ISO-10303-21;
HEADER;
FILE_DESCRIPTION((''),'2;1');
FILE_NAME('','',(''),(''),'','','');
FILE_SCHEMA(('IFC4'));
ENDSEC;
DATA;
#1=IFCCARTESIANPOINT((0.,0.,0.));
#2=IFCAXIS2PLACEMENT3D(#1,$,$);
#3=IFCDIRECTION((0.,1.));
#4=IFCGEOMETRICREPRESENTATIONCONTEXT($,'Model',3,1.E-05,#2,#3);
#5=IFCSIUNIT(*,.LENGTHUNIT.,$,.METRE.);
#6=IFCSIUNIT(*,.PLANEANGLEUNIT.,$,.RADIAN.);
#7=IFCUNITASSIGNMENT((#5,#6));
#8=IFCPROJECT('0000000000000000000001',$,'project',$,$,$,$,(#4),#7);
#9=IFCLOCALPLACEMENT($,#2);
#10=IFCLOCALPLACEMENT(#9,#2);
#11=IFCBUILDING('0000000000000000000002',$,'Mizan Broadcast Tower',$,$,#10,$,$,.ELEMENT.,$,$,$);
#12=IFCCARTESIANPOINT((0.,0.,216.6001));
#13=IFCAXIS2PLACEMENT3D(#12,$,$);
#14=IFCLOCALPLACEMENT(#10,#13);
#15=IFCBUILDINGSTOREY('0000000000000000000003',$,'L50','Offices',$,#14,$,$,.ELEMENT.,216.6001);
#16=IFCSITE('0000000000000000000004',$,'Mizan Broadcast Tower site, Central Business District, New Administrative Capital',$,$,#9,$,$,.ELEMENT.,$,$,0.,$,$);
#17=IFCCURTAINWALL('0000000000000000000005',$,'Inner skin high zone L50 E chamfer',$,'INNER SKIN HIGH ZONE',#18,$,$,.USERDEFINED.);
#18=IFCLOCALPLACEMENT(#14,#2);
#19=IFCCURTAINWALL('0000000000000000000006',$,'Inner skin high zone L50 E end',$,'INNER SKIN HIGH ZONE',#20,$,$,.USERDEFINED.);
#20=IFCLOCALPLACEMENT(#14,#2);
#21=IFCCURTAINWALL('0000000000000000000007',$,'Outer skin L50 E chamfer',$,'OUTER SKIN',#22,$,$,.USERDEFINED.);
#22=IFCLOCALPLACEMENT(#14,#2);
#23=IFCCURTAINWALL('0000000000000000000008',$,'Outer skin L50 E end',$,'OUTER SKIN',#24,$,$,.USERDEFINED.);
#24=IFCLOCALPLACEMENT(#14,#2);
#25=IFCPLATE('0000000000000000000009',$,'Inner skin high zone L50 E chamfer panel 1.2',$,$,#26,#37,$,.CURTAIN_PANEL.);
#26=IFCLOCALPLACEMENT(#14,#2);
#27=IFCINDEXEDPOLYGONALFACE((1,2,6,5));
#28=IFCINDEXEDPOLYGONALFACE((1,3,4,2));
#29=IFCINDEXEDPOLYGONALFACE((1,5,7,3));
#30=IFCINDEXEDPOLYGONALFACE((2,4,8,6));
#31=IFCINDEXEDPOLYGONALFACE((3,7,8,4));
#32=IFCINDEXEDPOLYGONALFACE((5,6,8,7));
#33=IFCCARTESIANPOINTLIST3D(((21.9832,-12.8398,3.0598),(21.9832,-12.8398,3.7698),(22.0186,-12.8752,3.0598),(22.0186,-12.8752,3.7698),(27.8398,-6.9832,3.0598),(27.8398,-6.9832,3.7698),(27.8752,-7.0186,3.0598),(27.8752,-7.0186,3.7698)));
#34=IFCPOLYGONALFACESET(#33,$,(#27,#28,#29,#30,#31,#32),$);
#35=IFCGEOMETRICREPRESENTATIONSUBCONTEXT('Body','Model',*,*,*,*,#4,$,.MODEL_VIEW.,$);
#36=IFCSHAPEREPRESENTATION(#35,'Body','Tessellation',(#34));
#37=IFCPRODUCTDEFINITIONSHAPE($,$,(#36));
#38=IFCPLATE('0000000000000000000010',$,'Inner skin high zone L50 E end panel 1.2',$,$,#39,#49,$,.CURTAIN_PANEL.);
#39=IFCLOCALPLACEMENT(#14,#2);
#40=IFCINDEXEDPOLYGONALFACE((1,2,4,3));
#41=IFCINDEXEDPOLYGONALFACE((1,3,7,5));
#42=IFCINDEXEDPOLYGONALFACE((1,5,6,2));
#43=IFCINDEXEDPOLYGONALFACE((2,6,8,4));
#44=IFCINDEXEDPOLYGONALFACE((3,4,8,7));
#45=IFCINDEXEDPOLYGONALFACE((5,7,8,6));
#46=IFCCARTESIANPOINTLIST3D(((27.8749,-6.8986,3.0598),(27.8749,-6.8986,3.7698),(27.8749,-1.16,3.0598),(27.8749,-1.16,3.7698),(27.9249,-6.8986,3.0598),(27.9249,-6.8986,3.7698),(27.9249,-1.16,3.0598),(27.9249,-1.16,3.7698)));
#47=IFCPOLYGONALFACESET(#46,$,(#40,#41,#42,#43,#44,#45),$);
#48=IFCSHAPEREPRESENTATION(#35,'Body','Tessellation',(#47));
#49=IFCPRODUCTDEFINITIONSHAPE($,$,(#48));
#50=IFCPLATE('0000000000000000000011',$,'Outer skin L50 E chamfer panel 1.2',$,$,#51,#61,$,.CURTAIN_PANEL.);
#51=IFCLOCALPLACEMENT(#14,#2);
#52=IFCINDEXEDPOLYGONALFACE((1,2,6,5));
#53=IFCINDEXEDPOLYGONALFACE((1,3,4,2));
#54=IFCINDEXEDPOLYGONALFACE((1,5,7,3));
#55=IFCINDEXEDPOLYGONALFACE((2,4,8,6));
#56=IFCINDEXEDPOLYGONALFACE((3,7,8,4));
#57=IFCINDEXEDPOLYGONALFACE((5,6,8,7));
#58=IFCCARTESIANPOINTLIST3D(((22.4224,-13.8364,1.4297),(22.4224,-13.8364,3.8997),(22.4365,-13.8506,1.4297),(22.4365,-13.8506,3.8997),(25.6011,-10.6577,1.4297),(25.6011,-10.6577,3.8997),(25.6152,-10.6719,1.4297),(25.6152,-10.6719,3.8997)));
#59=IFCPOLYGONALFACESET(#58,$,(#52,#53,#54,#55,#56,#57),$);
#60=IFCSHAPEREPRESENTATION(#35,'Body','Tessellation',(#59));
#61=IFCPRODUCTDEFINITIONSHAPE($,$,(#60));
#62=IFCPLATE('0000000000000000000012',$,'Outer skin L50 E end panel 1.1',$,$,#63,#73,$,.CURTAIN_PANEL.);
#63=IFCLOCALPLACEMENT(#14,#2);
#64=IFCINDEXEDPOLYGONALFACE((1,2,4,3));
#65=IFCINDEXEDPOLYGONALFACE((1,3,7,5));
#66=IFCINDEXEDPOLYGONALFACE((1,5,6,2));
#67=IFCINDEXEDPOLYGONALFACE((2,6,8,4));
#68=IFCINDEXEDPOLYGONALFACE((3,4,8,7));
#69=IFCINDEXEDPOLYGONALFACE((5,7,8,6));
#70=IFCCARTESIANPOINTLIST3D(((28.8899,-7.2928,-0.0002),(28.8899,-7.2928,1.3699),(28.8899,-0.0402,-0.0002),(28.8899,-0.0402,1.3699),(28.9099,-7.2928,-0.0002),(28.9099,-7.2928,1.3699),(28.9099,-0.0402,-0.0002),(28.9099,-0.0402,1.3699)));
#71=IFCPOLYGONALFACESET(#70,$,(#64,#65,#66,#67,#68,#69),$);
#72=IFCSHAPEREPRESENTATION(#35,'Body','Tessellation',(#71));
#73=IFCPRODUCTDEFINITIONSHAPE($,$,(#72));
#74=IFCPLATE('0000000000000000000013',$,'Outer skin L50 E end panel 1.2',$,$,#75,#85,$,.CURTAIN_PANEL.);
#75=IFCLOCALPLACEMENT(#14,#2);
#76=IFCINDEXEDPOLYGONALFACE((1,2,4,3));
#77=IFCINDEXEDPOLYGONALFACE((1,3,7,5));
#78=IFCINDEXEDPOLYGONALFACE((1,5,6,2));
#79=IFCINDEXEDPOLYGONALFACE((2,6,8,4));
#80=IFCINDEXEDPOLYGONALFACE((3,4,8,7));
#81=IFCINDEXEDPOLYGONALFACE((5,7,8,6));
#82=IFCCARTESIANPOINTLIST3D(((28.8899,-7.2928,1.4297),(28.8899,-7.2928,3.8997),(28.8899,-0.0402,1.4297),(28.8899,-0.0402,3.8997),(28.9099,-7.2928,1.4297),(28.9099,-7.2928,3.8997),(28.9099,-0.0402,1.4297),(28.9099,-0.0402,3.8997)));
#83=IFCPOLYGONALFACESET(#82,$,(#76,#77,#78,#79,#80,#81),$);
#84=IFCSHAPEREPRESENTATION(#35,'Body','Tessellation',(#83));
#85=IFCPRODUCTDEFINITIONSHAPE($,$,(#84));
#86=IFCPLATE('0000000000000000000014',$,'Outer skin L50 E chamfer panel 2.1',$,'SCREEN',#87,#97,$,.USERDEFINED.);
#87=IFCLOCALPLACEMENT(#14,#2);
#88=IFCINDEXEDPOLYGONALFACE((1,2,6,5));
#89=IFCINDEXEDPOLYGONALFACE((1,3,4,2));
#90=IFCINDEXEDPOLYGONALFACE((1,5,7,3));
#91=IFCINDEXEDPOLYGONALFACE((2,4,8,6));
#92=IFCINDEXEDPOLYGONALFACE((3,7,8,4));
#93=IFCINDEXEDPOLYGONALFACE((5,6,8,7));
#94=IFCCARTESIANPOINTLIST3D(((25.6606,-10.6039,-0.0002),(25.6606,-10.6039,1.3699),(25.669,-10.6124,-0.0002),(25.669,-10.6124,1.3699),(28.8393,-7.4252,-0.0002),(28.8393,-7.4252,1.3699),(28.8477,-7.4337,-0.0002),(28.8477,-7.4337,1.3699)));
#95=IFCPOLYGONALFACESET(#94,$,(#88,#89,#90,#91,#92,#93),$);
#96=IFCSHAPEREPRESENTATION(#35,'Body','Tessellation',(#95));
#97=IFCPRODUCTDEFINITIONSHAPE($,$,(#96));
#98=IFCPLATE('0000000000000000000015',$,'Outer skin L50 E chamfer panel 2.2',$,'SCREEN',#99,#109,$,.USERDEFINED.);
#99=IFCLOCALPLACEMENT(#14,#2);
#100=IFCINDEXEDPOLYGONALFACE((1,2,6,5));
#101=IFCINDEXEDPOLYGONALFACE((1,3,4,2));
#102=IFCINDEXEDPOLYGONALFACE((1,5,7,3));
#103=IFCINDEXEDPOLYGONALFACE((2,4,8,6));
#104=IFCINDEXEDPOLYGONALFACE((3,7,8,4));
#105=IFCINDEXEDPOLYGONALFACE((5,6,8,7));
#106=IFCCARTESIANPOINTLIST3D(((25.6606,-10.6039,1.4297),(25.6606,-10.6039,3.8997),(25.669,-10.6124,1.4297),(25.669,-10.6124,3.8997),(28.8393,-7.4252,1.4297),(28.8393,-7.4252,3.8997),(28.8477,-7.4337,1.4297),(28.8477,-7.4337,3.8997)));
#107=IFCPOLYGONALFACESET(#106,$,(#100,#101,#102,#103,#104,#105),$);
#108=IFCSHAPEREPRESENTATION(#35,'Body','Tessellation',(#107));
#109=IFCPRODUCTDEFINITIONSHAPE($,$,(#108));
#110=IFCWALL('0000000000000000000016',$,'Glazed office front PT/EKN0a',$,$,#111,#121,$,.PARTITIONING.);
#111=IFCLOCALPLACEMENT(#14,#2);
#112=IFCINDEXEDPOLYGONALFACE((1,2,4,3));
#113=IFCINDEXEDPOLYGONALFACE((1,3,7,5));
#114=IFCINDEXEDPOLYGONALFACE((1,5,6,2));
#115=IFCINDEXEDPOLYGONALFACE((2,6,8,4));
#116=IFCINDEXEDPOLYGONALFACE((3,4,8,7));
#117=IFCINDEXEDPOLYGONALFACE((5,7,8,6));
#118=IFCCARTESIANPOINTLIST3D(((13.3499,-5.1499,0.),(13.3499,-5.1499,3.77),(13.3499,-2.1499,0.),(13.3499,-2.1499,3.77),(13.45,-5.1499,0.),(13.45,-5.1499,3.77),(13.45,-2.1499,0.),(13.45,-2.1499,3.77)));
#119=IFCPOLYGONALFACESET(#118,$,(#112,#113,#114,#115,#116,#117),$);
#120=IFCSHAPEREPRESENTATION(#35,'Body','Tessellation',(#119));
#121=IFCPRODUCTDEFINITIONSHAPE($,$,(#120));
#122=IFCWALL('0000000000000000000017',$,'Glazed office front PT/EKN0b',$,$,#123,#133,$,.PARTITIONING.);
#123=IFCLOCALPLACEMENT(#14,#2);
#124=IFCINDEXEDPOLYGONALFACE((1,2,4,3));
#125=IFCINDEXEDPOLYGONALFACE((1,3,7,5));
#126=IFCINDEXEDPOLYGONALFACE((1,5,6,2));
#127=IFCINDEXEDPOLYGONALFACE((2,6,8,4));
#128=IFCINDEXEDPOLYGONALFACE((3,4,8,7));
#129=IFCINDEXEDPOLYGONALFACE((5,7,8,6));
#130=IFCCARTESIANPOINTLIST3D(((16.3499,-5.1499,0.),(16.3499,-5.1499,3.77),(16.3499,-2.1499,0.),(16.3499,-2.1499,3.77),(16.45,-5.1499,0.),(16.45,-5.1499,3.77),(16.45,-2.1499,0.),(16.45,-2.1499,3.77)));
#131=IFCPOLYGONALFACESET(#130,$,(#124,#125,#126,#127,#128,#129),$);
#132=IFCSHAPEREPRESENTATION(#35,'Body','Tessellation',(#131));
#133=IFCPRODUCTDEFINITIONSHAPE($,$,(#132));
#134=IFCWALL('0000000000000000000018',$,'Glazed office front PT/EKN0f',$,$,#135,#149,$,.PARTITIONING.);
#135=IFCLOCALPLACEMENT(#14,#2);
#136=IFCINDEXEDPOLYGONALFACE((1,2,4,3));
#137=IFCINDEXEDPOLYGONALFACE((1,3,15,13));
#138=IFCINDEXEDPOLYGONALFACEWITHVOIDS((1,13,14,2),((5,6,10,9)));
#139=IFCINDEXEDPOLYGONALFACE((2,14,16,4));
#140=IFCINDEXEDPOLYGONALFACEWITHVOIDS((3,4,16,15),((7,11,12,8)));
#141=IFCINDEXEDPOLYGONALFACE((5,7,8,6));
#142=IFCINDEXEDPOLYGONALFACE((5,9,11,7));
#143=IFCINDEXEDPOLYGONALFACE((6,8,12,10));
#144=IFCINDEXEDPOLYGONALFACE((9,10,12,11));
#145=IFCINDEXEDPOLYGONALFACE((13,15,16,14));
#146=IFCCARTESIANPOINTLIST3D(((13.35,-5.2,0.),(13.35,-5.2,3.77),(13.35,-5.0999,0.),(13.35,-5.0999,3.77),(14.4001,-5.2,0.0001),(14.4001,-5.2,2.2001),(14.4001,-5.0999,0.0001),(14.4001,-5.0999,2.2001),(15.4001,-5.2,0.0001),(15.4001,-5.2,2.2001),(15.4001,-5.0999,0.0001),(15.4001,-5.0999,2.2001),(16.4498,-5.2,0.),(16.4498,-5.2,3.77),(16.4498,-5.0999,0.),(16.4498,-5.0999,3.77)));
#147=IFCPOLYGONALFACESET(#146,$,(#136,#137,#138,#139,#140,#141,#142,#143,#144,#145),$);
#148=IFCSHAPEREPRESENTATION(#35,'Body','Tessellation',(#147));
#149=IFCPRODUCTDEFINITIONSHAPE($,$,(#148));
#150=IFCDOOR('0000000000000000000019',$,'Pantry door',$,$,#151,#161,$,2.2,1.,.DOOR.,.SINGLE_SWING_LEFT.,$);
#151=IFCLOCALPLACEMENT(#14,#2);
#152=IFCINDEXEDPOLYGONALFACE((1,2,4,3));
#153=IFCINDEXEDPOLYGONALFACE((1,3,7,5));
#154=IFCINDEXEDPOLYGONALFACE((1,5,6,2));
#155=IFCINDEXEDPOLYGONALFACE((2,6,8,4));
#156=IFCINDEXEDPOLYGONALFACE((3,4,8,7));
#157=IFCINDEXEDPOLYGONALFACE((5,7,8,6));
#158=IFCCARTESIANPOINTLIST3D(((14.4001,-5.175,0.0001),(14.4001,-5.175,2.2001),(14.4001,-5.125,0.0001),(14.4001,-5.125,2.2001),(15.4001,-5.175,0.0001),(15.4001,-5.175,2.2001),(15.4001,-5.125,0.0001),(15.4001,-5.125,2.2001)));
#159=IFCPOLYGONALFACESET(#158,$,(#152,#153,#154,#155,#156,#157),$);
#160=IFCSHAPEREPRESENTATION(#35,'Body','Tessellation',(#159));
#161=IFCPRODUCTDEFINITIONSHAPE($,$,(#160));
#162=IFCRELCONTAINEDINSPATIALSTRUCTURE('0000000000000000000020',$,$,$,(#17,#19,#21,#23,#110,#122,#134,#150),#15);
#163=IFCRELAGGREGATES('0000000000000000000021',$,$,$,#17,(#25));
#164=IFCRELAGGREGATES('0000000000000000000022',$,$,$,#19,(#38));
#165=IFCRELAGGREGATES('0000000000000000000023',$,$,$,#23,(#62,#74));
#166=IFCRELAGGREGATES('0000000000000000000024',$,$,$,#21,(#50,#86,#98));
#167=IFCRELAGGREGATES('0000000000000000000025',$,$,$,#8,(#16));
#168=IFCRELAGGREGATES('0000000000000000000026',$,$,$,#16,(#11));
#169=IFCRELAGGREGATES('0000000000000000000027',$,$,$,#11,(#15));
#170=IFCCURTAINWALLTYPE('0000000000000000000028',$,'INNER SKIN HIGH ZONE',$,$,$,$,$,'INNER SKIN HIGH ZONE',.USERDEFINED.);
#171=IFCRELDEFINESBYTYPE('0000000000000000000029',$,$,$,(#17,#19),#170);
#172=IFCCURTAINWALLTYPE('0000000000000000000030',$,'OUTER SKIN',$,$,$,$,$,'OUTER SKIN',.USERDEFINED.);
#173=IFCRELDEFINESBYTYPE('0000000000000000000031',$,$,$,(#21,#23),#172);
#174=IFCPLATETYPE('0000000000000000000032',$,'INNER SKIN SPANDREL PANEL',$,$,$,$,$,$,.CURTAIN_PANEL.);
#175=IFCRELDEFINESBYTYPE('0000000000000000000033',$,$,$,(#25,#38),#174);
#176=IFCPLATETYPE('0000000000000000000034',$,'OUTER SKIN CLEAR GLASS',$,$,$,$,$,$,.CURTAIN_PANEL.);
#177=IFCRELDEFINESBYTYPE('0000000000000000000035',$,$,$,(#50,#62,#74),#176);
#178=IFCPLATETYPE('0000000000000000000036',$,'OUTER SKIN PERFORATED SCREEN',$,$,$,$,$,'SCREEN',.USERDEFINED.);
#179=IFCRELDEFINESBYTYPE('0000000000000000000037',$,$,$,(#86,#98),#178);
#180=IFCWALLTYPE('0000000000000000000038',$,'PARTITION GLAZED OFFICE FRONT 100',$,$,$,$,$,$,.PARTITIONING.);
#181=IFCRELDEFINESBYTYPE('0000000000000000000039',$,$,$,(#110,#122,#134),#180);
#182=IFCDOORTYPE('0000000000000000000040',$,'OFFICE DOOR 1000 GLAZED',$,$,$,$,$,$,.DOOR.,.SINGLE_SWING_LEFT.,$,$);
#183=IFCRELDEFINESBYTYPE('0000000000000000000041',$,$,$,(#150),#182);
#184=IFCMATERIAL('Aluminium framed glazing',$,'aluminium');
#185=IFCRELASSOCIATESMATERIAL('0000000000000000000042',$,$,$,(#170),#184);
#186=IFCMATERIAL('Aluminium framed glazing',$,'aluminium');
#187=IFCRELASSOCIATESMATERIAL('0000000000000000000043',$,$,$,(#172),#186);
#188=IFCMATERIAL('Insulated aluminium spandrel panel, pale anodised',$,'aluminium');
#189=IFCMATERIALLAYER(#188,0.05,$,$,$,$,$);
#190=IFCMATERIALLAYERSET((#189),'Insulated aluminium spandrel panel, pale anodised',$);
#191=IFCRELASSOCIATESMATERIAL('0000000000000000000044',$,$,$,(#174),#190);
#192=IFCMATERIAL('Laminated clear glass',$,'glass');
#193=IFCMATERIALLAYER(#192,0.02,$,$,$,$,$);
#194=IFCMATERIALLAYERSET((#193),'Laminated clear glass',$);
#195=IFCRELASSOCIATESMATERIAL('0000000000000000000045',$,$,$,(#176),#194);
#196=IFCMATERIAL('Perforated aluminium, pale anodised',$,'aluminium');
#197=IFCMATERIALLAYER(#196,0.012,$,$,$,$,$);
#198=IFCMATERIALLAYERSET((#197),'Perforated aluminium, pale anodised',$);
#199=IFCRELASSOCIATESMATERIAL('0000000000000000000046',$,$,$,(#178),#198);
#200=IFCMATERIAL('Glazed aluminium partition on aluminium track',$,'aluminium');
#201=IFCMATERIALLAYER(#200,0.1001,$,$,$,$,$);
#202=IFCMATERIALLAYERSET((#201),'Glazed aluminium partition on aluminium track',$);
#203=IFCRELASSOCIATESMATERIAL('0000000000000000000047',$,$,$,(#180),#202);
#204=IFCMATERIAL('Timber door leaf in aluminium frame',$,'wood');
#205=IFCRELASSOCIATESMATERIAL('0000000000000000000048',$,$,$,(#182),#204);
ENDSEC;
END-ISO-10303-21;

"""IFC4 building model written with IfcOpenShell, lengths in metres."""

from ifc_helpers import new_model, si_unit, direction, frame, frame_2d, origin, origin_2d, place, context, subcontext, project, spatial, rectangle, extrude, material, layer, layer_set, type_object, element, fill, aggregate, save


model = new_model("IFC4")

# Units and contexts
model_context = context("Model", 3, precision=1e-05, world=origin(), true_north=direction((0.0, 1.0)))
body_context = subcontext(model_context, "Body", "Model", "MODEL_VIEW")
ifc_project = project(units=[si_unit("LENGTHUNIT", "METRE"), si_unit("PLANEANGLEUNIT", "RADIAN")], contexts=[model_context])

# Site, building, storey
site_placement = place(None, origin())
site = spatial("IfcSite", under=ifc_project, at=site_placement, Name="Mizan Broadcast Tower site, Central Business District, New Administrative Capital", CompositionType="ELEMENT", RefElevation=0.0)
building_placement = place(site_placement, origin())
building = spatial("IfcBuilding", under=site, at=building_placement, Name="Mizan Broadcast Tower", CompositionType="ELEMENT")
storey_placement = place(building_placement, frame((0.0, 0.0, 216.6001)))
storey = spatial("IfcBuildingStorey", under=building, at=storey_placement, Name="L50", Description="Offices", CompositionType="ELEMENT", Elevation=216.6001)

# Curtain wall
ifc_material_1 = material(Name="Aluminium framed glazing", Category="aluminium")
curtain_wall_type_1 = type_object("IfcCurtainWallType", Name="INNER SKIN HIGH ZONE", ElementType="INNER SKIN HIGH ZONE", PredefinedType="USERDEFINED", material=ifc_material_1)
curtain_wall_1_placement = place(storey_placement, origin())
curtain_wall_1 = element("IfcCurtainWall", 1, at=curtain_wall_1_placement, inside=storey, type_object=curtain_wall_type_1, Name="Inner skin high zone L50 E chamfer", ObjectType="INNER SKIN HIGH ZONE", PredefinedType="USERDEFINED")

# Curtain walls
curtain_wall_2_placement = place(storey_placement, origin())
curtain_wall_2 = element("IfcCurtainWall", 2, at=curtain_wall_2_placement, inside=storey, type_object=curtain_wall_type_1, Name="Inner skin high zone L50 E end", ObjectType="INNER SKIN HIGH ZONE", PredefinedType="USERDEFINED")
ifc_material_2 = material(Name="Aluminium framed glazing", Category="aluminium")
curtain_wall_type_2 = type_object("IfcCurtainWallType", Name="OUTER SKIN", ElementType="OUTER SKIN", PredefinedType="USERDEFINED", material=ifc_material_2)
curtain_wall_3_placement = place(storey_placement, origin())
curtain_wall_3 = element("IfcCurtainWall", 3, at=curtain_wall_3_placement, inside=storey, type_object=curtain_wall_type_2, Name="Outer skin L50 E chamfer", ObjectType="OUTER SKIN", PredefinedType="USERDEFINED")

# Curtain wall
curtain_wall_4_placement = place(storey_placement, origin())
curtain_wall_4 = element("IfcCurtainWall", 4, at=curtain_wall_4_placement, inside=storey, type_object=curtain_wall_type_2, Name="Outer skin L50 E end", ObjectType="OUTER SKIN", PredefinedType="USERDEFINED")

# Plates
ifc_material_3 = material(Name="Insulated aluminium spandrel panel, pale anodised", Category="aluminium")
ifc_layer_1 = layer(ifc_material_3, 0.05)
ifc_layer_set_1 = layer_set([ifc_layer_1], Name="Insulated aluminium spandrel panel, pale anodised")
plate_type_1 = type_object("IfcPlateType", Name="INNER SKIN SPANDREL PANEL", PredefinedType="CURTAIN_PANEL", material=ifc_layer_set_1)
plate_1_placement = place(storey_placement, frame((24.9292, -9.9292, 3.0598), z_axis=(0.0, 0.0, 1.0), x_axis=(0.707107, 0.707107, 0.0)))
plate_1 = element("IfcPlate", 5, at=plate_1_placement, type_object=plate_type_1, Name="Inner skin high zone L50 E chamfer panel 1.2", PredefinedType="CURTAIN_PANEL", context=body_context, shape_type="SweptSolid", body=[
    extrude(rectangle(XDim=8.2825, YDim=0.05, at=origin_2d()), origin(), (0.0, 0.0, 1.0), 0.71),
])
aggregate(curtain_wall_1, [plate_1])
plate_2_placement = place(storey_placement, frame((27.8999, -4.0293, 3.0598), z_axis=(0.0, 0.0, 1.0), x_axis=(0.0, 1.0, 0.0)))
plate_2 = element("IfcPlate", 6, at=plate_2_placement, type_object=plate_type_1, Name="Inner skin high zone L50 E end panel 1.2", PredefinedType="CURTAIN_PANEL", context=body_context, shape_type="SweptSolid", body=[
    extrude(rectangle(XDim=5.7385, YDim=0.05, at=origin_2d()), origin(), (0.0, 0.0, 1.0), 0.71),
])
aggregate(curtain_wall_2, [plate_2])
ifc_material_4 = material(Name="Laminated clear glass", Category="glass")
ifc_layer_2 = layer(ifc_material_4, 0.02)
ifc_layer_set_2 = layer_set([ifc_layer_2], Name="Laminated clear glass")
plate_type_2 = type_object("IfcPlateType", Name="OUTER SKIN CLEAR GLASS", PredefinedType="CURTAIN_PANEL", material=ifc_layer_set_2)
plate_3_placement = place(storey_placement, frame((24.0188, -12.2542, 1.4297), z_axis=(0.0, 0.0, 1.0), x_axis=(0.707107, 0.707107, 0.0)))
plate_3 = element("IfcPlate", 7, at=plate_3_placement, type_object=plate_type_2, Name="Outer skin L50 E chamfer panel 1.2", PredefinedType="CURTAIN_PANEL", context=body_context, shape_type="SweptSolid", body=[
    extrude(rectangle(XDim=4.4954, YDim=0.02, at=origin_2d()), origin(), (0.0, 0.0, 1.0), 2.47),
])
plate_4_placement = place(storey_placement, frame((28.8999, -3.6665, -0.0002), z_axis=(0.0, 0.0, 1.0), x_axis=(0.0, 1.0, 0.0)))
plate_4 = element("IfcPlate", 8, at=plate_4_placement, type_object=plate_type_2, Name="Outer skin L50 E end panel 1.1", PredefinedType="CURTAIN_PANEL", context=body_context, shape_type="SweptSolid", body=[
    extrude(rectangle(XDim=7.2527, YDim=0.02, at=origin_2d()), origin(), (0.0, 0.0, 1.0), 1.3701),
])
plate_5_placement = place(storey_placement, frame((28.8999, -3.6665, 1.4297), z_axis=(0.0, 0.0, 1.0), x_axis=(0.0, 1.0, 0.0)))
plate_5 = element("IfcPlate", 9, at=plate_5_placement, type_object=plate_type_2, Name="Outer skin L50 E end panel 1.2", PredefinedType="CURTAIN_PANEL", context=body_context, shape_type="SweptSolid", body=[
    extrude(rectangle(XDim=7.2527, YDim=0.02, at=origin_2d()), origin(), (0.0, 0.0, 1.0), 2.47),
])
aggregate(curtain_wall_4, [plate_4, plate_5])
ifc_material_5 = material(Name="Perforated aluminium, pale anodised", Category="aluminium")
ifc_layer_3 = layer(ifc_material_5, 0.012)
ifc_layer_set_3 = layer_set([ifc_layer_3], Name="Perforated aluminium, pale anodised")
plate_type_3 = type_object("IfcPlateType", Name="OUTER SKIN PERFORATED SCREEN", ElementType="SCREEN", PredefinedType="USERDEFINED", material=ifc_layer_set_3)
plate_6_placement = place(storey_placement, frame((27.2542, -9.0188, -0.0002), z_axis=(0.0, 0.0, 1.0), x_axis=(0.707107, 0.707107, 0.0)))
plate_6 = element("IfcPlate", 10, at=plate_6_placement, type_object=plate_type_3, Name="Outer skin L50 E chamfer panel 2.1", ObjectType="SCREEN", PredefinedType="USERDEFINED", context=body_context, shape_type="SweptSolid", body=[
    extrude(rectangle(XDim=4.4954, YDim=0.012, at=origin_2d()), origin(), (0.0, 0.0, 1.0), 1.3701),
])
plate_7_placement = place(storey_placement, frame((27.2542, -9.0188, 1.4297), z_axis=(0.0, 0.0, 1.0), x_axis=(0.707107, 0.707107, 0.0)))
plate_7 = element("IfcPlate", 11, at=plate_7_placement, type_object=plate_type_3, Name="Outer skin L50 E chamfer panel 2.2", ObjectType="SCREEN", PredefinedType="USERDEFINED", context=body_context, shape_type="SweptSolid", body=[
    extrude(rectangle(XDim=4.4954, YDim=0.012, at=origin_2d()), origin(), (0.0, 0.0, 1.0), 2.47),
])
aggregate(curtain_wall_3, [plate_3, plate_6, plate_7])

# Walls
ifc_material_6 = material(Name="Glazed aluminium partition on aluminium track", Category="aluminium")
ifc_layer_4 = layer(ifc_material_6, 0.1001)
ifc_layer_set_4 = layer_set([ifc_layer_4], Name="Glazed aluminium partition on aluminium track")
wall_type = type_object("IfcWallType", Name="PARTITION GLAZED OFFICE FRONT 100", PredefinedType="PARTITIONING", material=ifc_layer_set_4)
for number, where, z_axis, x_axis, name in (
    (12, (13.3999, -2.1499, 0.0), (0.0, 0.0, 1.0), (0.0, -1.0, 0.0), "Glazed office front PT/EKN0a"),
    (13, (16.3999, -2.1499, 0.0), (0.0, 0.0, 1.0), (0.0, -1.0, 0.0), "Glazed office front PT/EKN0b"),
):
    element("IfcWall", number, at=place(storey_placement, frame(where, z_axis=z_axis, x_axis=x_axis)), inside=storey, type_object=wall_type, Name=name, PredefinedType="PARTITIONING", context=body_context, shape_type="SweptSolid", body=[
        extrude(rectangle(XDim=3.0, YDim=0.1001, at=frame_2d((1.5, 0.0))), origin(), (0.0, 0.0, 1.0), 3.77),
    ])

# Wall, opening, door
wall_placement = place(storey_placement, frame((13.3501, -5.1499, 0.0), z_axis=(0.0, 0.0, 1.0), x_axis=(1.0, 0.0, 0.0)))
wall = element("IfcWall", 14, at=wall_placement, inside=storey, type_object=wall_type, Name="Glazed office front PT/EKN0f", PredefinedType="PARTITIONING", context=body_context, shape_type="SweptSolid", body=[
    extrude(rectangle(XDim=3.0999, YDim=0.1001, at=frame_2d((1.5498, 0.0))), origin(), (0.0, 0.0, 1.0), 3.77),
])
opening_placement = place(wall_placement, frame((1.05, 0.0, 0.0)))
opening = element("IfcOpeningElement", 15, at=opening_placement, cuts=wall, PredefinedType="OPENING", context=body_context, shape_type="SweptSolid", body=[
    extrude(rectangle(XDim=1.0, YDim=2.2, at=frame_2d((0.5, 1.1001))), frame((0.0, 0.0601, 0.0), z_axis=(0.0, -1.0, 0.0), x_axis=(1.0, 0.0, 0.0)), (0.0, 0.0, 1.0), 0.1201),
])
ifc_material_7 = material(Name="Timber door leaf in aluminium frame", Category="wood")
door_type = type_object("IfcDoorType", Name="OFFICE DOOR 1000 GLAZED", OperationType="SINGLE_SWING_LEFT", PredefinedType="DOOR", material=ifc_material_7)
door_placement = place(opening_placement, origin())
door = element("IfcDoor", 16, at=door_placement, inside=storey, type_object=door_type, Name="Pantry door", OperationType="SINGLE_SWING_LEFT", OverallHeight=2.2, OverallWidth=1.0, PredefinedType="DOOR", context=body_context, shape_type="SweptSolid", body=[
    extrude(rectangle(XDim=1.0, YDim=2.2, at=frame_2d((0.5, 1.1001))), frame((0.0, 0.0249, 0.0), z_axis=(0.0, -1.0, 0.0), x_axis=(1.0, 0.0, 0.0)), (0.0, 0.0, 1.0), 0.05),
])
fill(opening, door)

save(model, "model.ifc")
